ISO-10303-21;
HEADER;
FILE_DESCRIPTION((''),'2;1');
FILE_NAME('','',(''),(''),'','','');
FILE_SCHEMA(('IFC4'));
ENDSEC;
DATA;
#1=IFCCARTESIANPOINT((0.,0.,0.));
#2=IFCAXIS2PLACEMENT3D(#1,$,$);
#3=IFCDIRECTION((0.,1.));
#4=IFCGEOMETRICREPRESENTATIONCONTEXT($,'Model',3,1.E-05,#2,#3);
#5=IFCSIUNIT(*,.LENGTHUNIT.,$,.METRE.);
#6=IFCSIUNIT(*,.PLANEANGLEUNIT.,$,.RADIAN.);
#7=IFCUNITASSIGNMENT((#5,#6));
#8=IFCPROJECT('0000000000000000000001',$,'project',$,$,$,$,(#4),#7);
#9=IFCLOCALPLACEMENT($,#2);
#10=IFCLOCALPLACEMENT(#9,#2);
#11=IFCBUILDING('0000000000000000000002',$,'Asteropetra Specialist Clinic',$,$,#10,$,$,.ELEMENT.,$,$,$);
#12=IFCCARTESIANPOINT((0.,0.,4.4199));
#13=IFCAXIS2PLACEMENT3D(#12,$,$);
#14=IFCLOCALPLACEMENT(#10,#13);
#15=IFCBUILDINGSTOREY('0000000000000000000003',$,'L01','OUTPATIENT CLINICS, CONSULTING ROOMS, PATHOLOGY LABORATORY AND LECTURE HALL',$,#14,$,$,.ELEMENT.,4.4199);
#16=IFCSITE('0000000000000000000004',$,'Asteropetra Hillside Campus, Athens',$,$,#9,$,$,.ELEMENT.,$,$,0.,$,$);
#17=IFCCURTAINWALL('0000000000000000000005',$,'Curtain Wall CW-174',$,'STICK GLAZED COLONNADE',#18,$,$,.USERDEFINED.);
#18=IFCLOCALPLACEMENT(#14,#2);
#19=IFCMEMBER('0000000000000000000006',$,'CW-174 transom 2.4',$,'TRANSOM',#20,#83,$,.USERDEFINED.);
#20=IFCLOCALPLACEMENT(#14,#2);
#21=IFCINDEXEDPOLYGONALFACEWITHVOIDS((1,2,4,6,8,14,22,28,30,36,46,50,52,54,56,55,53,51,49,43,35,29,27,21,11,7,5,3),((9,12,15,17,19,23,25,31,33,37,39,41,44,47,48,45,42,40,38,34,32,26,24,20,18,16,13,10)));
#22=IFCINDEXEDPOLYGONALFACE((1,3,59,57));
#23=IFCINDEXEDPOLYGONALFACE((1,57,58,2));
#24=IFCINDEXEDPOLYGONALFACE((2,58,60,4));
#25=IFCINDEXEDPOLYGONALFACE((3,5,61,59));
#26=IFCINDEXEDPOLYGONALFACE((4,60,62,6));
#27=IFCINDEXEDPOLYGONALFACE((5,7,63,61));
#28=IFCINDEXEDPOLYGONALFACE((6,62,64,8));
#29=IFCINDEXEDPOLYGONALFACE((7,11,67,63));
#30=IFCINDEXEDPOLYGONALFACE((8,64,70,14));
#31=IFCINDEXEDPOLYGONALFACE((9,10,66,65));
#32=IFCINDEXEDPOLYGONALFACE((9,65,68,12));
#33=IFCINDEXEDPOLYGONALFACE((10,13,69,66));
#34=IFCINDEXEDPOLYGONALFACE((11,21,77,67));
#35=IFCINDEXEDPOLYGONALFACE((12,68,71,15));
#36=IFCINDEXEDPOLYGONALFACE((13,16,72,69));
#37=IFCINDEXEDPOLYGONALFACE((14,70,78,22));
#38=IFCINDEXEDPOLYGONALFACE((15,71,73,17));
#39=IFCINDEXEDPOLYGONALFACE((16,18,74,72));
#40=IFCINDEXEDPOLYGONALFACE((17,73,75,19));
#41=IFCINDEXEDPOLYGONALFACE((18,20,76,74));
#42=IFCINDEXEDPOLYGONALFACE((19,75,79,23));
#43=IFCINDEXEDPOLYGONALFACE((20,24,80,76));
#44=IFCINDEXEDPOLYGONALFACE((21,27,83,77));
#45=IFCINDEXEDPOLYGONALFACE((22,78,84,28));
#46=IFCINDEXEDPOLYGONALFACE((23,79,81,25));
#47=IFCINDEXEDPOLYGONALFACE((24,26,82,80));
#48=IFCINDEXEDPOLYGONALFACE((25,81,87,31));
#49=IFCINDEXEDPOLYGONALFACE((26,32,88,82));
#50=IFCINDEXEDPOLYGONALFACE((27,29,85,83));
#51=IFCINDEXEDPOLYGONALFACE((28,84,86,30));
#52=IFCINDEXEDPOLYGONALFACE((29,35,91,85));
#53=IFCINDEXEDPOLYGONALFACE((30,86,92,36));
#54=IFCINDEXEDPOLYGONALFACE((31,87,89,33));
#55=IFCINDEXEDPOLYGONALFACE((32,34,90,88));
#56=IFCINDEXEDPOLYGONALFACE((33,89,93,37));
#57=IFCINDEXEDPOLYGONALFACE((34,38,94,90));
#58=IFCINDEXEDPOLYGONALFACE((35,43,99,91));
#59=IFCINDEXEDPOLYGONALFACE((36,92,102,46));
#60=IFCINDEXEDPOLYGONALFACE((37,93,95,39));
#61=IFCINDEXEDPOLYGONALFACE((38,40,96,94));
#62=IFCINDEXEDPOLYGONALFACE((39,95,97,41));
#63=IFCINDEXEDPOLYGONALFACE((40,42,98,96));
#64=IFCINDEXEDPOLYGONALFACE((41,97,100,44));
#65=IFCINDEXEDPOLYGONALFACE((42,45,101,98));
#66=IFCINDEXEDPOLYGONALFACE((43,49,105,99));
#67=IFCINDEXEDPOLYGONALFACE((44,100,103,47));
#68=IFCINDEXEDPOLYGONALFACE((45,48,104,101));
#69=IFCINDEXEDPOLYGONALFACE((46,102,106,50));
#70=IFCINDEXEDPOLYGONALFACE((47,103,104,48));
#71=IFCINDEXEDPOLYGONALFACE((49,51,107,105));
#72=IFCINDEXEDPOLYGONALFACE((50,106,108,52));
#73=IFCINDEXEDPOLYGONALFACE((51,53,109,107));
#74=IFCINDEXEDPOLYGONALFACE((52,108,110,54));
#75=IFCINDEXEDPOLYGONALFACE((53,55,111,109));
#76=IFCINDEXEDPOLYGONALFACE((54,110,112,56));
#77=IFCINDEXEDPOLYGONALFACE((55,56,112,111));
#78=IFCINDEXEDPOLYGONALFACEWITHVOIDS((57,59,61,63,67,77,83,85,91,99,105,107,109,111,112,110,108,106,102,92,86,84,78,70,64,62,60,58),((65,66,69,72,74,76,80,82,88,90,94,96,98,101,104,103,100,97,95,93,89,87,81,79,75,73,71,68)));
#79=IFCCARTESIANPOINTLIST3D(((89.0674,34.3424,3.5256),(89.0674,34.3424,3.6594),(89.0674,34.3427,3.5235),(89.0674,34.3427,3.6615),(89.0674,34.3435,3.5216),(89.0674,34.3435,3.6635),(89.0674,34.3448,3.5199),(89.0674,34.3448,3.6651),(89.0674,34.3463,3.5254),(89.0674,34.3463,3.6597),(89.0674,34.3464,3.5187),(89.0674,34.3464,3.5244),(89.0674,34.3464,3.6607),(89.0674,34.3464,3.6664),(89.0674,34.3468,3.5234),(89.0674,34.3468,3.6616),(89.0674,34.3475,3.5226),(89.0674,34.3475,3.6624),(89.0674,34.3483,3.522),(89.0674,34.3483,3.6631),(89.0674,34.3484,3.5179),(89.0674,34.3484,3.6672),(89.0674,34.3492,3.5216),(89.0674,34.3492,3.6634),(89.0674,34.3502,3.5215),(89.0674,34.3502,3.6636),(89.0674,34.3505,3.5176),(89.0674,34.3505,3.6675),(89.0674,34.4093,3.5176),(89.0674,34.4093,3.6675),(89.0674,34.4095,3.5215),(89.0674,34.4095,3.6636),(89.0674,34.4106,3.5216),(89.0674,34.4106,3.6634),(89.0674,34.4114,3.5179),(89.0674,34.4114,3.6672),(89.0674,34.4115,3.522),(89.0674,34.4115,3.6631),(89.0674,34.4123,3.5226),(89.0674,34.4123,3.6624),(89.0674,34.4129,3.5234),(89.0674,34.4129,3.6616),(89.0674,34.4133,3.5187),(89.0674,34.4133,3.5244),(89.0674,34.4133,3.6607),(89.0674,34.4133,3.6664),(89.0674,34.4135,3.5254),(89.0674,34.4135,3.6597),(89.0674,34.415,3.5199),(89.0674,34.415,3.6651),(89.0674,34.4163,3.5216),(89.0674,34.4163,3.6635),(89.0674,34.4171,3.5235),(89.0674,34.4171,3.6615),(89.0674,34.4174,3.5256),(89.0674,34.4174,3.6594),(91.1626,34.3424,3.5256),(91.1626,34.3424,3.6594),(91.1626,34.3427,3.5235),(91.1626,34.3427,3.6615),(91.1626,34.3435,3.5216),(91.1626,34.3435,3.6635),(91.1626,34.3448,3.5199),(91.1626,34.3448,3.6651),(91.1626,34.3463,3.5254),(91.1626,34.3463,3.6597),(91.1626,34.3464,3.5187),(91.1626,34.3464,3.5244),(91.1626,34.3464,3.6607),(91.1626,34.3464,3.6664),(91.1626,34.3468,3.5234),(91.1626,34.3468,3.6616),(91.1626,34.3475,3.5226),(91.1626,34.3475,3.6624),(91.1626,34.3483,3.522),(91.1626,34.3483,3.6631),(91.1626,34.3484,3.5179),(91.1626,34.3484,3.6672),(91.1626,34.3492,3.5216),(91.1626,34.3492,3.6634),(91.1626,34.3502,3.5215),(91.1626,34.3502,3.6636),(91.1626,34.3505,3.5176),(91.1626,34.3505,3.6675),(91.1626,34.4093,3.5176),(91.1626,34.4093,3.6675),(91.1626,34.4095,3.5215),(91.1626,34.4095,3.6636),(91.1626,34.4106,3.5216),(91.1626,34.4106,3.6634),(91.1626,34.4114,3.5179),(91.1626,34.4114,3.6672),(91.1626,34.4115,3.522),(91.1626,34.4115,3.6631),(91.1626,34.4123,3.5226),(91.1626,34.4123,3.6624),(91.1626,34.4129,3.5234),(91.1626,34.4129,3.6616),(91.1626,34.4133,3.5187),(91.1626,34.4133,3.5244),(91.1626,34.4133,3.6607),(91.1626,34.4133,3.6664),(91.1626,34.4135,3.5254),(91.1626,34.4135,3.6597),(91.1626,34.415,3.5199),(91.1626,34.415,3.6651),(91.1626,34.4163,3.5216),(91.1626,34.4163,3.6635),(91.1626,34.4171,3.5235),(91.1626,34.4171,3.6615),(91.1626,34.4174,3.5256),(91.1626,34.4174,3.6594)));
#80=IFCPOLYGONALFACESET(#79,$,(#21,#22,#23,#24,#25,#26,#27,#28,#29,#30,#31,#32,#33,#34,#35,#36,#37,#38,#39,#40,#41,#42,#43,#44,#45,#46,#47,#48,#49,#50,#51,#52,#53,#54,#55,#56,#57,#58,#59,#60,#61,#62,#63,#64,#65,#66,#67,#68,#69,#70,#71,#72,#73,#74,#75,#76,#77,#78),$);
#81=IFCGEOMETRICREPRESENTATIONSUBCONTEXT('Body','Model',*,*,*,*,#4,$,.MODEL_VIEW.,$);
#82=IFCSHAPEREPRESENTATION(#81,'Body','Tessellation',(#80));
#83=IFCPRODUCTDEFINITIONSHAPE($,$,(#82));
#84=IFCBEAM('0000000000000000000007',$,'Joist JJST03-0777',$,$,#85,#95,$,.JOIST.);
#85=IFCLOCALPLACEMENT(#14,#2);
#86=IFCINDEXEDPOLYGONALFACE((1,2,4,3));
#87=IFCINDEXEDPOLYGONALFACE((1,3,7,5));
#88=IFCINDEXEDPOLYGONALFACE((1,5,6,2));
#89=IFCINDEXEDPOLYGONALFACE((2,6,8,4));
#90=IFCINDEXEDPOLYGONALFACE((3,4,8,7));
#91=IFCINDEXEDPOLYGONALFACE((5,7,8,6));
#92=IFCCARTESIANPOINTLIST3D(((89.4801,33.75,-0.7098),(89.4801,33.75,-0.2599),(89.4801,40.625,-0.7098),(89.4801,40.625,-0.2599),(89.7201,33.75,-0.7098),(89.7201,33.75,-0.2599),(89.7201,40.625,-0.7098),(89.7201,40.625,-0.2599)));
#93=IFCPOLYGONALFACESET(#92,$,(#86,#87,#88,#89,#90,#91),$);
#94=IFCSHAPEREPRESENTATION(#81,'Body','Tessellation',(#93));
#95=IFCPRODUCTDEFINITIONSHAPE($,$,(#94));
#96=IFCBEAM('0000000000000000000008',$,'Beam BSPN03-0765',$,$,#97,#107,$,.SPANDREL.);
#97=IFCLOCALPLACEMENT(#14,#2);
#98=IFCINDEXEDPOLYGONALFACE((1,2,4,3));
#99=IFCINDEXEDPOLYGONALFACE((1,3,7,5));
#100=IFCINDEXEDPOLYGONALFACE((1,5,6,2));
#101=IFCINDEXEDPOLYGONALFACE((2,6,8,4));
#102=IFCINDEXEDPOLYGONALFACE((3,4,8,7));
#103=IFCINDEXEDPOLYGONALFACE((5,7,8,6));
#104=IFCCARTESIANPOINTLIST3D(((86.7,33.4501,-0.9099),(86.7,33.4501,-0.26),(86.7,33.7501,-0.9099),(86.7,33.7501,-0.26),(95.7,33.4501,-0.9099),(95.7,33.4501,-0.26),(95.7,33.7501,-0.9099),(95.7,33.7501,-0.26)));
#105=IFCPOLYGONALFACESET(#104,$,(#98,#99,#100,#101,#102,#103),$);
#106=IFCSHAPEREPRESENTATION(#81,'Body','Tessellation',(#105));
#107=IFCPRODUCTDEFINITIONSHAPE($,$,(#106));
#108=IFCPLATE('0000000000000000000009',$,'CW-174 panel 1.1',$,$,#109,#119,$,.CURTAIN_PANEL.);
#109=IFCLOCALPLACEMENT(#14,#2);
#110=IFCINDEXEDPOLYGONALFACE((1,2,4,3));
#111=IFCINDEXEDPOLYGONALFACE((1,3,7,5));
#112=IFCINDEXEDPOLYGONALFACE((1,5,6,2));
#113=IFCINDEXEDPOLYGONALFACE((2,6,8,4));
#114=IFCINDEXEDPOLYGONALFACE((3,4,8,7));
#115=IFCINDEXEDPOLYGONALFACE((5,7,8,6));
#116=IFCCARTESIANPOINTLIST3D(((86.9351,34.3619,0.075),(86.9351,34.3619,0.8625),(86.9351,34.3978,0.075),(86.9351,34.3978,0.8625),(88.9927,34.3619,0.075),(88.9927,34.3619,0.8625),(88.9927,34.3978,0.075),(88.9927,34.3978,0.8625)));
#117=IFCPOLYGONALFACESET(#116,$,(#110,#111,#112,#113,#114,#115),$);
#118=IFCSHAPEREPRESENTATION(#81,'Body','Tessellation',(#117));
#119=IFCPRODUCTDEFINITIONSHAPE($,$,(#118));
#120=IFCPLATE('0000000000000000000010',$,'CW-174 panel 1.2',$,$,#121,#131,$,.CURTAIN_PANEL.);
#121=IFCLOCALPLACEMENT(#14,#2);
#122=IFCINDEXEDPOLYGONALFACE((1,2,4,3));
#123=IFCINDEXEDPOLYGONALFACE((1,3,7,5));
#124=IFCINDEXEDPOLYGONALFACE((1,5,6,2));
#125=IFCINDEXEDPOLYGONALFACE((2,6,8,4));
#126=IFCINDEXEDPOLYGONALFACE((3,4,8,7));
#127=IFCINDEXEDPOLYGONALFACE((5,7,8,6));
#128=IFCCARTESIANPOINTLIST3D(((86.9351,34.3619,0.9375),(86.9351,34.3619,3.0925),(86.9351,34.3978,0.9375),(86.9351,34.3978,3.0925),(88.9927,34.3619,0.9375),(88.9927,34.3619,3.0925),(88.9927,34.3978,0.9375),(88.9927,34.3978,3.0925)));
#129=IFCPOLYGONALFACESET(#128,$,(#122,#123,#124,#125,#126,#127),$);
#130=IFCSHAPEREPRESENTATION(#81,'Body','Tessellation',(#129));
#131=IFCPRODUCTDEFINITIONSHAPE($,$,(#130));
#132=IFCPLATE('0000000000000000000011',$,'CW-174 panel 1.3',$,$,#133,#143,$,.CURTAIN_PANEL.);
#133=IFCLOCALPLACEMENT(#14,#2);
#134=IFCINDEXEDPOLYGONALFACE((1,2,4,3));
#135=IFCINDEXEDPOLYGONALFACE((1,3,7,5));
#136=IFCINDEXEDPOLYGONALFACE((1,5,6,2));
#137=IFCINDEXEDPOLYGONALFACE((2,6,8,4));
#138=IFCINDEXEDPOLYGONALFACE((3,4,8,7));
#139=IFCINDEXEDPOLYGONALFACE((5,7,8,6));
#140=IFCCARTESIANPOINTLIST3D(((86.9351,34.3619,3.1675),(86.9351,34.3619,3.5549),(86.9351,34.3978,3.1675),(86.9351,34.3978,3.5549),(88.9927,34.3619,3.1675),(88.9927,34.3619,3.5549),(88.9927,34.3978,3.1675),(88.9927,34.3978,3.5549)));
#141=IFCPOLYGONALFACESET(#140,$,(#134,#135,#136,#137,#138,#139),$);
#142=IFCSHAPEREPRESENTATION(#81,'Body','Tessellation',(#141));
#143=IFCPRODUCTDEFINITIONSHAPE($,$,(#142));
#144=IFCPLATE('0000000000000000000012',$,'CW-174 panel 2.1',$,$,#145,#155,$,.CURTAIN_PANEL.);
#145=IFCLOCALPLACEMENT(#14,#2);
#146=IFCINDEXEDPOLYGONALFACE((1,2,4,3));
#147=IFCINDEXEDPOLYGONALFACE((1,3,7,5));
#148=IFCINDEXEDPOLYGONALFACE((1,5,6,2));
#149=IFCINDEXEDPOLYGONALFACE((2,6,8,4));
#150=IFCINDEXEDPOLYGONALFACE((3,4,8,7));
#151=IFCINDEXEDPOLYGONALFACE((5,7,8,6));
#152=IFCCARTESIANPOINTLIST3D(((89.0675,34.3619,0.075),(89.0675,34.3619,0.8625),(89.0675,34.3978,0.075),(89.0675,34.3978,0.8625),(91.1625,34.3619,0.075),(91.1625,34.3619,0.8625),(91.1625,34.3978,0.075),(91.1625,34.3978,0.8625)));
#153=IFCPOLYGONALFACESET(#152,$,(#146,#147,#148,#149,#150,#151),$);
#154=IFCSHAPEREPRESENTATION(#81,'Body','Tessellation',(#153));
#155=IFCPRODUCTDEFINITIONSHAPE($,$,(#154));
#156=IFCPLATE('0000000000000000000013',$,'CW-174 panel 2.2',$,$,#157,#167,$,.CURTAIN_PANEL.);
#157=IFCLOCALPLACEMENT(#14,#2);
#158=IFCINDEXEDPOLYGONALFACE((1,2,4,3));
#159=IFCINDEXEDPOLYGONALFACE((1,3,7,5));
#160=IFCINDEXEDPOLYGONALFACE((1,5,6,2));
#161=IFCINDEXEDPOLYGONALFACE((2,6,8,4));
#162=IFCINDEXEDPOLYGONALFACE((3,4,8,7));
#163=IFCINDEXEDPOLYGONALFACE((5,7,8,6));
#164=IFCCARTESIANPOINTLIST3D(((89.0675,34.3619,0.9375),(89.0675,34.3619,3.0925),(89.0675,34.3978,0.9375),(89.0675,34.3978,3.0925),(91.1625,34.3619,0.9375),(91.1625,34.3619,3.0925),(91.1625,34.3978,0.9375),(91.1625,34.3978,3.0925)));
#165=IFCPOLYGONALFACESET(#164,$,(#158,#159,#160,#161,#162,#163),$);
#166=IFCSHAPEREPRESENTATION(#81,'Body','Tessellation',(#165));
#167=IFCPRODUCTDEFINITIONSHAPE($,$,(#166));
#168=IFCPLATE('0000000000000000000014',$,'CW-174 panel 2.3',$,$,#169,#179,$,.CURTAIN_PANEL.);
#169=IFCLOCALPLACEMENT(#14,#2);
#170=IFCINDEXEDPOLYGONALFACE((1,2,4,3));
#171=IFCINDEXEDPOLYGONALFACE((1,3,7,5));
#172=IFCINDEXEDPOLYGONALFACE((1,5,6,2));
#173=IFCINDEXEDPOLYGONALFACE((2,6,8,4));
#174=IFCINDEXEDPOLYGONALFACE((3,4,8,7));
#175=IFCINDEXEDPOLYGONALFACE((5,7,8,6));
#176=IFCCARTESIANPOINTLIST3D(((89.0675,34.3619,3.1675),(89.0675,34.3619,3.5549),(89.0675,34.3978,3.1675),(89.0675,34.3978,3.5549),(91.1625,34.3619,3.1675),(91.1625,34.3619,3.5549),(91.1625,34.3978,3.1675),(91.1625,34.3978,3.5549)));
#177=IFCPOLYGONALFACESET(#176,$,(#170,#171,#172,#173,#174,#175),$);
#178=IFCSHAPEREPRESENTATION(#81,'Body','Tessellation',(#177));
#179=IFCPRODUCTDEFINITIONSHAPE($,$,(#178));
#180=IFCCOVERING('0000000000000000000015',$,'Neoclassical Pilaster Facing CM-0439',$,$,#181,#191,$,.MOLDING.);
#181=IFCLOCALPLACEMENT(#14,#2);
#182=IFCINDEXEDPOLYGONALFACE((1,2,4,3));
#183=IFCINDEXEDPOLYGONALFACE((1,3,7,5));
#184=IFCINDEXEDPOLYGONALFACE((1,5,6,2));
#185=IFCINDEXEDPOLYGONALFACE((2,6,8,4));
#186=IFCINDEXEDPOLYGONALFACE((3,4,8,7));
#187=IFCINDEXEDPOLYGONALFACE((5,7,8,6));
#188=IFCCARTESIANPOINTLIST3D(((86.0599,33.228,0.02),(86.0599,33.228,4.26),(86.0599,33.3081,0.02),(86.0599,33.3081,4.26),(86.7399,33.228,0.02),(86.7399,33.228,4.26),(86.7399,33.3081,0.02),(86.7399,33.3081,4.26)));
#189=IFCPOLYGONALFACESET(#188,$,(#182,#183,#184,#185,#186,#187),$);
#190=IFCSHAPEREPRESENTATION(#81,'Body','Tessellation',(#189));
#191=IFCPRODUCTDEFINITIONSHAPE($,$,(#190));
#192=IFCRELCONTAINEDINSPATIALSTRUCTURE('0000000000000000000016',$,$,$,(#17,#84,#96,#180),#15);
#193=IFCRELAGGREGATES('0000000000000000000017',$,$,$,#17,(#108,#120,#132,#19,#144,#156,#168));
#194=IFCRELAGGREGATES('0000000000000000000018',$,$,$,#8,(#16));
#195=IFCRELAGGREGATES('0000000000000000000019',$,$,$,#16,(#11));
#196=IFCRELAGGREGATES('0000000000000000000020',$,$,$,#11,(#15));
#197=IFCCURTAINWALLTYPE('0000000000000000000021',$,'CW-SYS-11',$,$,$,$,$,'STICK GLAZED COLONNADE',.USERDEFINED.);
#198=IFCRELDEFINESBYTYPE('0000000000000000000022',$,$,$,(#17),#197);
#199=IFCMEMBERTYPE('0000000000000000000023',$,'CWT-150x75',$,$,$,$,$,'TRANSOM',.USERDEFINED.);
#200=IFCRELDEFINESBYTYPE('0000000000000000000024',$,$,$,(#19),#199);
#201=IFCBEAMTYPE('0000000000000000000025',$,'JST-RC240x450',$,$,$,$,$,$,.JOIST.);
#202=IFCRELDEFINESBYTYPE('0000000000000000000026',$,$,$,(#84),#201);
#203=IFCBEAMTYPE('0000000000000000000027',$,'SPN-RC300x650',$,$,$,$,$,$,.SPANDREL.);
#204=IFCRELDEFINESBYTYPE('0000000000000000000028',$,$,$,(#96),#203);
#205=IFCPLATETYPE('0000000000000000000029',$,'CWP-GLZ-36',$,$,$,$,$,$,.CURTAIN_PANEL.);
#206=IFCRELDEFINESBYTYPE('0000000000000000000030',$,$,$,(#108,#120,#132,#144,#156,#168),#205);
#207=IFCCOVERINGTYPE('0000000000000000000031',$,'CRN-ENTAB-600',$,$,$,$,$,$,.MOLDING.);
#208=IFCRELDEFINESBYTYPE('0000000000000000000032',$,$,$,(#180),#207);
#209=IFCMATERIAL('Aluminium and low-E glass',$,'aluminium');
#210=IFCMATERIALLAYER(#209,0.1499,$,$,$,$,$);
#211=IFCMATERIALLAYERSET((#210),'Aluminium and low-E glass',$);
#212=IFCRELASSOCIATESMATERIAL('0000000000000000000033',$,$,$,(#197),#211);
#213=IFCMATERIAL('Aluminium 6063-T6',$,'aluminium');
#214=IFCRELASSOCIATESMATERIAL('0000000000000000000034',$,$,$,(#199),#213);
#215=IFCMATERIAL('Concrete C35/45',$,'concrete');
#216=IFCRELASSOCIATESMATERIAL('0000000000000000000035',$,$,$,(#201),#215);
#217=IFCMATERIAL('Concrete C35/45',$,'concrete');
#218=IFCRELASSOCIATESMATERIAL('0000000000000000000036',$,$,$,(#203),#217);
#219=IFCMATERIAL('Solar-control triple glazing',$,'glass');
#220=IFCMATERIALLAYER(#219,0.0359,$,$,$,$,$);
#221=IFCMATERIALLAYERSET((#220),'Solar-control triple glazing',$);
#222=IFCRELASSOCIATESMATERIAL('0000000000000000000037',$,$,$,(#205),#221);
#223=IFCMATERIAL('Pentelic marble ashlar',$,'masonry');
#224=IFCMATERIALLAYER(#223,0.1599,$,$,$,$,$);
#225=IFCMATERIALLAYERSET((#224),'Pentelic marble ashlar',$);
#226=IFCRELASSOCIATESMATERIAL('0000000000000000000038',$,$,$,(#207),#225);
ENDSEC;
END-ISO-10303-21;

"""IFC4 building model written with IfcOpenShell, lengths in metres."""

from ifc_helpers import new_model, si_unit, direction, frame, origin, origin_2d, place, context, subcontext, project, spatial, rectangle, hollow_rectangle, extrude, material, layer, layer_set, material_profile, profile_set, type_object, element, aggregate, save


model = new_model("IFC4")

# Units and contexts
model_context = context("Model", 3, precision=1e-05, world=origin(), true_north=direction((0.0, 1.0)))
body_context = subcontext(model_context, "Body", "Model", "MODEL_VIEW")
ifc_project = project(units=[si_unit("LENGTHUNIT", "METRE"), si_unit("PLANEANGLEUNIT", "RADIAN")], contexts=[model_context])

# Site, building, storey
site_placement = place(None, origin())
site = spatial("IfcSite", under=ifc_project, at=site_placement, Name="Asteropetra Hillside Campus, Athens", CompositionType="ELEMENT", RefElevation=0.0)
building_placement = place(site_placement, origin())
building = spatial("IfcBuilding", under=site, at=building_placement, Name="Asteropetra Specialist Clinic", CompositionType="ELEMENT")
storey_placement = place(building_placement, frame((0.0, 0.0, 4.4199)))
storey = spatial("IfcBuildingStorey", under=building, at=storey_placement, Name="L01", Description="OUTPATIENT CLINICS, CONSULTING ROOMS, PATHOLOGY LABORATORY AND LECTURE HALL", CompositionType="ELEMENT", Elevation=4.4199)

# Curtain wall, member
ifc_material_1 = material(Name="Aluminium and low-E glass", Category="aluminium")
ifc_layer_1 = layer(ifc_material_1, 0.1499)
ifc_layer_set_1 = layer_set([ifc_layer_1], Name="Aluminium and low-E glass")
curtain_wall_type = type_object("IfcCurtainWallType", Name="CW-SYS-11", ElementType="STICK GLAZED COLONNADE", PredefinedType="USERDEFINED", material=ifc_layer_set_1)
curtain_wall_placement = place(storey_placement, origin())
curtain_wall = element("IfcCurtainWall", 1, at=curtain_wall_placement, inside=storey, type_object=curtain_wall_type, Name="Curtain Wall CW-174", ObjectType="STICK GLAZED COLONNADE", PredefinedType="USERDEFINED")
ifc_material_2 = material(Name="Aluminium 6063-T6", Category="aluminium")
ifc_material_profile_1 = material_profile(ifc_material_2, hollow_rectangle(XDim=0.075, YDim=0.1499, WallThickness=0.0039, InnerFilletRadius=0.0039, OuterFilletRadius=0.0081, at=origin_2d()), Name="TRN 150x75x4.0")
ifc_profile_set_1 = profile_set([ifc_material_profile_1], Name="Aluminium 6063-T6")
member_type_1 = type_object("IfcMemberType", Name="CWT-150x75", ElementType="TRANSOM", PredefinedType="USERDEFINED", material=ifc_profile_set_1)
member_1_placement = place(storey_placement, frame((89.0674, 34.3799, 3.5925), z_axis=(1.0, 0.0, 0.0), x_axis=(0.0, 1.0, 0.0)))
member_1 = element("IfcMember", 2, at=member_1_placement, type_object=member_type_1, Name="CW-174 transom 2.4", ObjectType="TRANSOM", PredefinedType="USERDEFINED", context=body_context, shape_type="SweptSolid", body=[
    extrude(hollow_rectangle(XDim=0.075, YDim=0.1499, WallThickness=0.0039, InnerFilletRadius=0.0039, OuterFilletRadius=0.0081, at=origin_2d()), origin(), (0.0, 0.0, 1.0), 2.0952),
])

# Beams
ifc_material_3 = material(Name="Concrete C35/45", Category="concrete")
ifc_material_profile_2 = material_profile(ifc_material_3, rectangle(XDim=0.24, YDim=0.45, at=origin_2d()), Name="RCJ 240x450")
ifc_profile_set_2 = profile_set([ifc_material_profile_2], Name="Concrete C35/45")
beam_type_1 = type_object("IfcBeamType", Name="JST-RC240x450", PredefinedType="JOIST", material=ifc_profile_set_2)
beam_1_placement = place(storey_placement, frame((89.6001, 33.75, -0.4849), z_axis=(0.0, 1.0, 0.0), x_axis=(-1.0, 0.0, 0.0)))
element("IfcBeam", 3, at=beam_1_placement, inside=storey, type_object=beam_type_1, Name="Joist JJST03-0777", PredefinedType="JOIST", context=body_context, shape_type="SweptSolid", body=[
    extrude(rectangle(XDim=0.24, YDim=0.45, at=origin_2d()), origin(), (0.0, 0.0, 1.0), 6.875),
])
ifc_material_4 = material(Name="Concrete C35/45", Category="concrete")
ifc_material_profile_3 = material_profile(ifc_material_4, rectangle(XDim=0.3, YDim=0.6499, at=origin_2d()), Name="RCS 300x650")
ifc_profile_set_3 = profile_set([ifc_material_profile_3], Name="Concrete C35/45")
beam_type_2 = type_object("IfcBeamType", Name="SPN-RC300x650", PredefinedType="SPANDREL", material=ifc_profile_set_3)
beam_2_placement = place(storey_placement, frame((86.7, 33.6001, -0.585), z_axis=(1.0, 0.0, 0.0), x_axis=(0.0, 1.0, 0.0)))
element("IfcBeam", 4, at=beam_2_placement, inside=storey, type_object=beam_type_2, Name="Beam BSPN03-0765", PredefinedType="SPANDREL", context=body_context, shape_type="SweptSolid", body=[
    extrude(rectangle(XDim=0.3, YDim=0.6499, at=origin_2d()), origin(), (0.0, 0.0, 1.0), 9.0),
])

# Plates
ifc_material_5 = material(Name="Solar-control triple glazing", Category="glass")
ifc_layer_2 = layer(ifc_material_5, 0.0359)
ifc_layer_set_2 = layer_set([ifc_layer_2], Name="Solar-control triple glazing")
plate_type = type_object("IfcPlateType", Name="CWP-GLZ-36", PredefinedType="CURTAIN_PANEL", material=ifc_layer_set_2)
plate_1_placement = place(storey_placement, frame((87.9639, 34.3799, 0.075), z_axis=(0.0, 0.0, 1.0), x_axis=(1.0, 0.0, 0.0)))
plate_1 = element("IfcPlate", 5, at=plate_1_placement, type_object=plate_type, Name="CW-174 panel 1.1", PredefinedType="CURTAIN_PANEL", context=body_context, shape_type="SweptSolid", body=[
    extrude(rectangle(XDim=2.0576, YDim=0.0359, at=origin_2d()), origin(), (0.0, 0.0, 1.0), 0.7876),
])
plate_2_placement = place(storey_placement, frame((87.9639, 34.3799, 0.9375), z_axis=(0.0, 0.0, 1.0), x_axis=(1.0, 0.0, 0.0)))
plate_2 = element("IfcPlate", 6, at=plate_2_placement, type_object=plate_type, Name="CW-174 panel 1.2", PredefinedType="CURTAIN_PANEL", context=body_context, shape_type="SweptSolid", body=[
    extrude(rectangle(XDim=2.0576, YDim=0.0359, at=origin_2d()), origin(), (0.0, 0.0, 1.0), 2.155),
])
plate_3_placement = place(storey_placement, frame((87.9639, 34.3799, 3.1675), z_axis=(0.0, 0.0, 1.0), x_axis=(1.0, 0.0, 0.0)))
plate_3 = element("IfcPlate", 7, at=plate_3_placement, type_object=plate_type, Name="CW-174 panel 1.3", PredefinedType="CURTAIN_PANEL", context=body_context, shape_type="SweptSolid", body=[
    extrude(rectangle(XDim=2.0576, YDim=0.0359, at=origin_2d()), origin(), (0.0, 0.0, 1.0), 0.3875),
])
plate_4_placement = place(storey_placement, frame((90.115, 34.3799, 0.075), z_axis=(0.0, 0.0, 1.0), x_axis=(1.0, 0.0, 0.0)))
plate_4 = element("IfcPlate", 8, at=plate_4_placement, type_object=plate_type, Name="CW-174 panel 2.1", PredefinedType="CURTAIN_PANEL", context=body_context, shape_type="SweptSolid", body=[
    extrude(rectangle(XDim=2.095, YDim=0.0359, at=origin_2d()), origin(), (0.0, 0.0, 1.0), 0.7876),
])
plate_5_placement = place(storey_placement, frame((90.115, 34.3799, 0.9375), z_axis=(0.0, 0.0, 1.0), x_axis=(1.0, 0.0, 0.0)))
plate_5 = element("IfcPlate", 9, at=plate_5_placement, type_object=plate_type, Name="CW-174 panel 2.2", PredefinedType="CURTAIN_PANEL", context=body_context, shape_type="SweptSolid", body=[
    extrude(rectangle(XDim=2.095, YDim=0.0359, at=origin_2d()), origin(), (0.0, 0.0, 1.0), 2.155),
])
plate_6_placement = place(storey_placement, frame((90.115, 34.3799, 3.1675), z_axis=(0.0, 0.0, 1.0), x_axis=(1.0, 0.0, 0.0)))
plate_6 = element("IfcPlate", 10, at=plate_6_placement, type_object=plate_type, Name="CW-174 panel 2.3", PredefinedType="CURTAIN_PANEL", context=body_context, shape_type="SweptSolid", body=[
    extrude(rectangle(XDim=2.095, YDim=0.0359, at=origin_2d()), origin(), (0.0, 0.0, 1.0), 0.3875),
])
aggregate(curtain_wall, [plate_1, plate_2, plate_3, member_1, plate_4, plate_5, plate_6])

# Covering
ifc_material_6 = material(Name="Pentelic marble ashlar", Category="masonry")
ifc_layer_3 = layer(ifc_material_6, 0.1599)
ifc_layer_set_3 = layer_set([ifc_layer_3], Name="Pentelic marble ashlar")
covering_type = type_object("IfcCoveringType", Name="CRN-ENTAB-600", PredefinedType="MOLDING", material=ifc_layer_set_3)
covering_placement = place(storey_placement, frame((86.3999, 33.2681, 0.02), z_axis=(0.0, 0.0, 1.0), x_axis=(1.0, 0.0, 0.0)))
element("IfcCovering", 11, at=covering_placement, inside=storey, type_object=covering_type, Name="Neoclassical Pilaster Facing CM-0439", PredefinedType="MOLDING", context=body_context, shape_type="SweptSolid", body=[
    extrude(rectangle(XDim=0.6799, YDim=0.0801, at=origin_2d()), origin(), (0.0, 0.0, 1.0), 4.24),
])

save(model, "model.ifc")
